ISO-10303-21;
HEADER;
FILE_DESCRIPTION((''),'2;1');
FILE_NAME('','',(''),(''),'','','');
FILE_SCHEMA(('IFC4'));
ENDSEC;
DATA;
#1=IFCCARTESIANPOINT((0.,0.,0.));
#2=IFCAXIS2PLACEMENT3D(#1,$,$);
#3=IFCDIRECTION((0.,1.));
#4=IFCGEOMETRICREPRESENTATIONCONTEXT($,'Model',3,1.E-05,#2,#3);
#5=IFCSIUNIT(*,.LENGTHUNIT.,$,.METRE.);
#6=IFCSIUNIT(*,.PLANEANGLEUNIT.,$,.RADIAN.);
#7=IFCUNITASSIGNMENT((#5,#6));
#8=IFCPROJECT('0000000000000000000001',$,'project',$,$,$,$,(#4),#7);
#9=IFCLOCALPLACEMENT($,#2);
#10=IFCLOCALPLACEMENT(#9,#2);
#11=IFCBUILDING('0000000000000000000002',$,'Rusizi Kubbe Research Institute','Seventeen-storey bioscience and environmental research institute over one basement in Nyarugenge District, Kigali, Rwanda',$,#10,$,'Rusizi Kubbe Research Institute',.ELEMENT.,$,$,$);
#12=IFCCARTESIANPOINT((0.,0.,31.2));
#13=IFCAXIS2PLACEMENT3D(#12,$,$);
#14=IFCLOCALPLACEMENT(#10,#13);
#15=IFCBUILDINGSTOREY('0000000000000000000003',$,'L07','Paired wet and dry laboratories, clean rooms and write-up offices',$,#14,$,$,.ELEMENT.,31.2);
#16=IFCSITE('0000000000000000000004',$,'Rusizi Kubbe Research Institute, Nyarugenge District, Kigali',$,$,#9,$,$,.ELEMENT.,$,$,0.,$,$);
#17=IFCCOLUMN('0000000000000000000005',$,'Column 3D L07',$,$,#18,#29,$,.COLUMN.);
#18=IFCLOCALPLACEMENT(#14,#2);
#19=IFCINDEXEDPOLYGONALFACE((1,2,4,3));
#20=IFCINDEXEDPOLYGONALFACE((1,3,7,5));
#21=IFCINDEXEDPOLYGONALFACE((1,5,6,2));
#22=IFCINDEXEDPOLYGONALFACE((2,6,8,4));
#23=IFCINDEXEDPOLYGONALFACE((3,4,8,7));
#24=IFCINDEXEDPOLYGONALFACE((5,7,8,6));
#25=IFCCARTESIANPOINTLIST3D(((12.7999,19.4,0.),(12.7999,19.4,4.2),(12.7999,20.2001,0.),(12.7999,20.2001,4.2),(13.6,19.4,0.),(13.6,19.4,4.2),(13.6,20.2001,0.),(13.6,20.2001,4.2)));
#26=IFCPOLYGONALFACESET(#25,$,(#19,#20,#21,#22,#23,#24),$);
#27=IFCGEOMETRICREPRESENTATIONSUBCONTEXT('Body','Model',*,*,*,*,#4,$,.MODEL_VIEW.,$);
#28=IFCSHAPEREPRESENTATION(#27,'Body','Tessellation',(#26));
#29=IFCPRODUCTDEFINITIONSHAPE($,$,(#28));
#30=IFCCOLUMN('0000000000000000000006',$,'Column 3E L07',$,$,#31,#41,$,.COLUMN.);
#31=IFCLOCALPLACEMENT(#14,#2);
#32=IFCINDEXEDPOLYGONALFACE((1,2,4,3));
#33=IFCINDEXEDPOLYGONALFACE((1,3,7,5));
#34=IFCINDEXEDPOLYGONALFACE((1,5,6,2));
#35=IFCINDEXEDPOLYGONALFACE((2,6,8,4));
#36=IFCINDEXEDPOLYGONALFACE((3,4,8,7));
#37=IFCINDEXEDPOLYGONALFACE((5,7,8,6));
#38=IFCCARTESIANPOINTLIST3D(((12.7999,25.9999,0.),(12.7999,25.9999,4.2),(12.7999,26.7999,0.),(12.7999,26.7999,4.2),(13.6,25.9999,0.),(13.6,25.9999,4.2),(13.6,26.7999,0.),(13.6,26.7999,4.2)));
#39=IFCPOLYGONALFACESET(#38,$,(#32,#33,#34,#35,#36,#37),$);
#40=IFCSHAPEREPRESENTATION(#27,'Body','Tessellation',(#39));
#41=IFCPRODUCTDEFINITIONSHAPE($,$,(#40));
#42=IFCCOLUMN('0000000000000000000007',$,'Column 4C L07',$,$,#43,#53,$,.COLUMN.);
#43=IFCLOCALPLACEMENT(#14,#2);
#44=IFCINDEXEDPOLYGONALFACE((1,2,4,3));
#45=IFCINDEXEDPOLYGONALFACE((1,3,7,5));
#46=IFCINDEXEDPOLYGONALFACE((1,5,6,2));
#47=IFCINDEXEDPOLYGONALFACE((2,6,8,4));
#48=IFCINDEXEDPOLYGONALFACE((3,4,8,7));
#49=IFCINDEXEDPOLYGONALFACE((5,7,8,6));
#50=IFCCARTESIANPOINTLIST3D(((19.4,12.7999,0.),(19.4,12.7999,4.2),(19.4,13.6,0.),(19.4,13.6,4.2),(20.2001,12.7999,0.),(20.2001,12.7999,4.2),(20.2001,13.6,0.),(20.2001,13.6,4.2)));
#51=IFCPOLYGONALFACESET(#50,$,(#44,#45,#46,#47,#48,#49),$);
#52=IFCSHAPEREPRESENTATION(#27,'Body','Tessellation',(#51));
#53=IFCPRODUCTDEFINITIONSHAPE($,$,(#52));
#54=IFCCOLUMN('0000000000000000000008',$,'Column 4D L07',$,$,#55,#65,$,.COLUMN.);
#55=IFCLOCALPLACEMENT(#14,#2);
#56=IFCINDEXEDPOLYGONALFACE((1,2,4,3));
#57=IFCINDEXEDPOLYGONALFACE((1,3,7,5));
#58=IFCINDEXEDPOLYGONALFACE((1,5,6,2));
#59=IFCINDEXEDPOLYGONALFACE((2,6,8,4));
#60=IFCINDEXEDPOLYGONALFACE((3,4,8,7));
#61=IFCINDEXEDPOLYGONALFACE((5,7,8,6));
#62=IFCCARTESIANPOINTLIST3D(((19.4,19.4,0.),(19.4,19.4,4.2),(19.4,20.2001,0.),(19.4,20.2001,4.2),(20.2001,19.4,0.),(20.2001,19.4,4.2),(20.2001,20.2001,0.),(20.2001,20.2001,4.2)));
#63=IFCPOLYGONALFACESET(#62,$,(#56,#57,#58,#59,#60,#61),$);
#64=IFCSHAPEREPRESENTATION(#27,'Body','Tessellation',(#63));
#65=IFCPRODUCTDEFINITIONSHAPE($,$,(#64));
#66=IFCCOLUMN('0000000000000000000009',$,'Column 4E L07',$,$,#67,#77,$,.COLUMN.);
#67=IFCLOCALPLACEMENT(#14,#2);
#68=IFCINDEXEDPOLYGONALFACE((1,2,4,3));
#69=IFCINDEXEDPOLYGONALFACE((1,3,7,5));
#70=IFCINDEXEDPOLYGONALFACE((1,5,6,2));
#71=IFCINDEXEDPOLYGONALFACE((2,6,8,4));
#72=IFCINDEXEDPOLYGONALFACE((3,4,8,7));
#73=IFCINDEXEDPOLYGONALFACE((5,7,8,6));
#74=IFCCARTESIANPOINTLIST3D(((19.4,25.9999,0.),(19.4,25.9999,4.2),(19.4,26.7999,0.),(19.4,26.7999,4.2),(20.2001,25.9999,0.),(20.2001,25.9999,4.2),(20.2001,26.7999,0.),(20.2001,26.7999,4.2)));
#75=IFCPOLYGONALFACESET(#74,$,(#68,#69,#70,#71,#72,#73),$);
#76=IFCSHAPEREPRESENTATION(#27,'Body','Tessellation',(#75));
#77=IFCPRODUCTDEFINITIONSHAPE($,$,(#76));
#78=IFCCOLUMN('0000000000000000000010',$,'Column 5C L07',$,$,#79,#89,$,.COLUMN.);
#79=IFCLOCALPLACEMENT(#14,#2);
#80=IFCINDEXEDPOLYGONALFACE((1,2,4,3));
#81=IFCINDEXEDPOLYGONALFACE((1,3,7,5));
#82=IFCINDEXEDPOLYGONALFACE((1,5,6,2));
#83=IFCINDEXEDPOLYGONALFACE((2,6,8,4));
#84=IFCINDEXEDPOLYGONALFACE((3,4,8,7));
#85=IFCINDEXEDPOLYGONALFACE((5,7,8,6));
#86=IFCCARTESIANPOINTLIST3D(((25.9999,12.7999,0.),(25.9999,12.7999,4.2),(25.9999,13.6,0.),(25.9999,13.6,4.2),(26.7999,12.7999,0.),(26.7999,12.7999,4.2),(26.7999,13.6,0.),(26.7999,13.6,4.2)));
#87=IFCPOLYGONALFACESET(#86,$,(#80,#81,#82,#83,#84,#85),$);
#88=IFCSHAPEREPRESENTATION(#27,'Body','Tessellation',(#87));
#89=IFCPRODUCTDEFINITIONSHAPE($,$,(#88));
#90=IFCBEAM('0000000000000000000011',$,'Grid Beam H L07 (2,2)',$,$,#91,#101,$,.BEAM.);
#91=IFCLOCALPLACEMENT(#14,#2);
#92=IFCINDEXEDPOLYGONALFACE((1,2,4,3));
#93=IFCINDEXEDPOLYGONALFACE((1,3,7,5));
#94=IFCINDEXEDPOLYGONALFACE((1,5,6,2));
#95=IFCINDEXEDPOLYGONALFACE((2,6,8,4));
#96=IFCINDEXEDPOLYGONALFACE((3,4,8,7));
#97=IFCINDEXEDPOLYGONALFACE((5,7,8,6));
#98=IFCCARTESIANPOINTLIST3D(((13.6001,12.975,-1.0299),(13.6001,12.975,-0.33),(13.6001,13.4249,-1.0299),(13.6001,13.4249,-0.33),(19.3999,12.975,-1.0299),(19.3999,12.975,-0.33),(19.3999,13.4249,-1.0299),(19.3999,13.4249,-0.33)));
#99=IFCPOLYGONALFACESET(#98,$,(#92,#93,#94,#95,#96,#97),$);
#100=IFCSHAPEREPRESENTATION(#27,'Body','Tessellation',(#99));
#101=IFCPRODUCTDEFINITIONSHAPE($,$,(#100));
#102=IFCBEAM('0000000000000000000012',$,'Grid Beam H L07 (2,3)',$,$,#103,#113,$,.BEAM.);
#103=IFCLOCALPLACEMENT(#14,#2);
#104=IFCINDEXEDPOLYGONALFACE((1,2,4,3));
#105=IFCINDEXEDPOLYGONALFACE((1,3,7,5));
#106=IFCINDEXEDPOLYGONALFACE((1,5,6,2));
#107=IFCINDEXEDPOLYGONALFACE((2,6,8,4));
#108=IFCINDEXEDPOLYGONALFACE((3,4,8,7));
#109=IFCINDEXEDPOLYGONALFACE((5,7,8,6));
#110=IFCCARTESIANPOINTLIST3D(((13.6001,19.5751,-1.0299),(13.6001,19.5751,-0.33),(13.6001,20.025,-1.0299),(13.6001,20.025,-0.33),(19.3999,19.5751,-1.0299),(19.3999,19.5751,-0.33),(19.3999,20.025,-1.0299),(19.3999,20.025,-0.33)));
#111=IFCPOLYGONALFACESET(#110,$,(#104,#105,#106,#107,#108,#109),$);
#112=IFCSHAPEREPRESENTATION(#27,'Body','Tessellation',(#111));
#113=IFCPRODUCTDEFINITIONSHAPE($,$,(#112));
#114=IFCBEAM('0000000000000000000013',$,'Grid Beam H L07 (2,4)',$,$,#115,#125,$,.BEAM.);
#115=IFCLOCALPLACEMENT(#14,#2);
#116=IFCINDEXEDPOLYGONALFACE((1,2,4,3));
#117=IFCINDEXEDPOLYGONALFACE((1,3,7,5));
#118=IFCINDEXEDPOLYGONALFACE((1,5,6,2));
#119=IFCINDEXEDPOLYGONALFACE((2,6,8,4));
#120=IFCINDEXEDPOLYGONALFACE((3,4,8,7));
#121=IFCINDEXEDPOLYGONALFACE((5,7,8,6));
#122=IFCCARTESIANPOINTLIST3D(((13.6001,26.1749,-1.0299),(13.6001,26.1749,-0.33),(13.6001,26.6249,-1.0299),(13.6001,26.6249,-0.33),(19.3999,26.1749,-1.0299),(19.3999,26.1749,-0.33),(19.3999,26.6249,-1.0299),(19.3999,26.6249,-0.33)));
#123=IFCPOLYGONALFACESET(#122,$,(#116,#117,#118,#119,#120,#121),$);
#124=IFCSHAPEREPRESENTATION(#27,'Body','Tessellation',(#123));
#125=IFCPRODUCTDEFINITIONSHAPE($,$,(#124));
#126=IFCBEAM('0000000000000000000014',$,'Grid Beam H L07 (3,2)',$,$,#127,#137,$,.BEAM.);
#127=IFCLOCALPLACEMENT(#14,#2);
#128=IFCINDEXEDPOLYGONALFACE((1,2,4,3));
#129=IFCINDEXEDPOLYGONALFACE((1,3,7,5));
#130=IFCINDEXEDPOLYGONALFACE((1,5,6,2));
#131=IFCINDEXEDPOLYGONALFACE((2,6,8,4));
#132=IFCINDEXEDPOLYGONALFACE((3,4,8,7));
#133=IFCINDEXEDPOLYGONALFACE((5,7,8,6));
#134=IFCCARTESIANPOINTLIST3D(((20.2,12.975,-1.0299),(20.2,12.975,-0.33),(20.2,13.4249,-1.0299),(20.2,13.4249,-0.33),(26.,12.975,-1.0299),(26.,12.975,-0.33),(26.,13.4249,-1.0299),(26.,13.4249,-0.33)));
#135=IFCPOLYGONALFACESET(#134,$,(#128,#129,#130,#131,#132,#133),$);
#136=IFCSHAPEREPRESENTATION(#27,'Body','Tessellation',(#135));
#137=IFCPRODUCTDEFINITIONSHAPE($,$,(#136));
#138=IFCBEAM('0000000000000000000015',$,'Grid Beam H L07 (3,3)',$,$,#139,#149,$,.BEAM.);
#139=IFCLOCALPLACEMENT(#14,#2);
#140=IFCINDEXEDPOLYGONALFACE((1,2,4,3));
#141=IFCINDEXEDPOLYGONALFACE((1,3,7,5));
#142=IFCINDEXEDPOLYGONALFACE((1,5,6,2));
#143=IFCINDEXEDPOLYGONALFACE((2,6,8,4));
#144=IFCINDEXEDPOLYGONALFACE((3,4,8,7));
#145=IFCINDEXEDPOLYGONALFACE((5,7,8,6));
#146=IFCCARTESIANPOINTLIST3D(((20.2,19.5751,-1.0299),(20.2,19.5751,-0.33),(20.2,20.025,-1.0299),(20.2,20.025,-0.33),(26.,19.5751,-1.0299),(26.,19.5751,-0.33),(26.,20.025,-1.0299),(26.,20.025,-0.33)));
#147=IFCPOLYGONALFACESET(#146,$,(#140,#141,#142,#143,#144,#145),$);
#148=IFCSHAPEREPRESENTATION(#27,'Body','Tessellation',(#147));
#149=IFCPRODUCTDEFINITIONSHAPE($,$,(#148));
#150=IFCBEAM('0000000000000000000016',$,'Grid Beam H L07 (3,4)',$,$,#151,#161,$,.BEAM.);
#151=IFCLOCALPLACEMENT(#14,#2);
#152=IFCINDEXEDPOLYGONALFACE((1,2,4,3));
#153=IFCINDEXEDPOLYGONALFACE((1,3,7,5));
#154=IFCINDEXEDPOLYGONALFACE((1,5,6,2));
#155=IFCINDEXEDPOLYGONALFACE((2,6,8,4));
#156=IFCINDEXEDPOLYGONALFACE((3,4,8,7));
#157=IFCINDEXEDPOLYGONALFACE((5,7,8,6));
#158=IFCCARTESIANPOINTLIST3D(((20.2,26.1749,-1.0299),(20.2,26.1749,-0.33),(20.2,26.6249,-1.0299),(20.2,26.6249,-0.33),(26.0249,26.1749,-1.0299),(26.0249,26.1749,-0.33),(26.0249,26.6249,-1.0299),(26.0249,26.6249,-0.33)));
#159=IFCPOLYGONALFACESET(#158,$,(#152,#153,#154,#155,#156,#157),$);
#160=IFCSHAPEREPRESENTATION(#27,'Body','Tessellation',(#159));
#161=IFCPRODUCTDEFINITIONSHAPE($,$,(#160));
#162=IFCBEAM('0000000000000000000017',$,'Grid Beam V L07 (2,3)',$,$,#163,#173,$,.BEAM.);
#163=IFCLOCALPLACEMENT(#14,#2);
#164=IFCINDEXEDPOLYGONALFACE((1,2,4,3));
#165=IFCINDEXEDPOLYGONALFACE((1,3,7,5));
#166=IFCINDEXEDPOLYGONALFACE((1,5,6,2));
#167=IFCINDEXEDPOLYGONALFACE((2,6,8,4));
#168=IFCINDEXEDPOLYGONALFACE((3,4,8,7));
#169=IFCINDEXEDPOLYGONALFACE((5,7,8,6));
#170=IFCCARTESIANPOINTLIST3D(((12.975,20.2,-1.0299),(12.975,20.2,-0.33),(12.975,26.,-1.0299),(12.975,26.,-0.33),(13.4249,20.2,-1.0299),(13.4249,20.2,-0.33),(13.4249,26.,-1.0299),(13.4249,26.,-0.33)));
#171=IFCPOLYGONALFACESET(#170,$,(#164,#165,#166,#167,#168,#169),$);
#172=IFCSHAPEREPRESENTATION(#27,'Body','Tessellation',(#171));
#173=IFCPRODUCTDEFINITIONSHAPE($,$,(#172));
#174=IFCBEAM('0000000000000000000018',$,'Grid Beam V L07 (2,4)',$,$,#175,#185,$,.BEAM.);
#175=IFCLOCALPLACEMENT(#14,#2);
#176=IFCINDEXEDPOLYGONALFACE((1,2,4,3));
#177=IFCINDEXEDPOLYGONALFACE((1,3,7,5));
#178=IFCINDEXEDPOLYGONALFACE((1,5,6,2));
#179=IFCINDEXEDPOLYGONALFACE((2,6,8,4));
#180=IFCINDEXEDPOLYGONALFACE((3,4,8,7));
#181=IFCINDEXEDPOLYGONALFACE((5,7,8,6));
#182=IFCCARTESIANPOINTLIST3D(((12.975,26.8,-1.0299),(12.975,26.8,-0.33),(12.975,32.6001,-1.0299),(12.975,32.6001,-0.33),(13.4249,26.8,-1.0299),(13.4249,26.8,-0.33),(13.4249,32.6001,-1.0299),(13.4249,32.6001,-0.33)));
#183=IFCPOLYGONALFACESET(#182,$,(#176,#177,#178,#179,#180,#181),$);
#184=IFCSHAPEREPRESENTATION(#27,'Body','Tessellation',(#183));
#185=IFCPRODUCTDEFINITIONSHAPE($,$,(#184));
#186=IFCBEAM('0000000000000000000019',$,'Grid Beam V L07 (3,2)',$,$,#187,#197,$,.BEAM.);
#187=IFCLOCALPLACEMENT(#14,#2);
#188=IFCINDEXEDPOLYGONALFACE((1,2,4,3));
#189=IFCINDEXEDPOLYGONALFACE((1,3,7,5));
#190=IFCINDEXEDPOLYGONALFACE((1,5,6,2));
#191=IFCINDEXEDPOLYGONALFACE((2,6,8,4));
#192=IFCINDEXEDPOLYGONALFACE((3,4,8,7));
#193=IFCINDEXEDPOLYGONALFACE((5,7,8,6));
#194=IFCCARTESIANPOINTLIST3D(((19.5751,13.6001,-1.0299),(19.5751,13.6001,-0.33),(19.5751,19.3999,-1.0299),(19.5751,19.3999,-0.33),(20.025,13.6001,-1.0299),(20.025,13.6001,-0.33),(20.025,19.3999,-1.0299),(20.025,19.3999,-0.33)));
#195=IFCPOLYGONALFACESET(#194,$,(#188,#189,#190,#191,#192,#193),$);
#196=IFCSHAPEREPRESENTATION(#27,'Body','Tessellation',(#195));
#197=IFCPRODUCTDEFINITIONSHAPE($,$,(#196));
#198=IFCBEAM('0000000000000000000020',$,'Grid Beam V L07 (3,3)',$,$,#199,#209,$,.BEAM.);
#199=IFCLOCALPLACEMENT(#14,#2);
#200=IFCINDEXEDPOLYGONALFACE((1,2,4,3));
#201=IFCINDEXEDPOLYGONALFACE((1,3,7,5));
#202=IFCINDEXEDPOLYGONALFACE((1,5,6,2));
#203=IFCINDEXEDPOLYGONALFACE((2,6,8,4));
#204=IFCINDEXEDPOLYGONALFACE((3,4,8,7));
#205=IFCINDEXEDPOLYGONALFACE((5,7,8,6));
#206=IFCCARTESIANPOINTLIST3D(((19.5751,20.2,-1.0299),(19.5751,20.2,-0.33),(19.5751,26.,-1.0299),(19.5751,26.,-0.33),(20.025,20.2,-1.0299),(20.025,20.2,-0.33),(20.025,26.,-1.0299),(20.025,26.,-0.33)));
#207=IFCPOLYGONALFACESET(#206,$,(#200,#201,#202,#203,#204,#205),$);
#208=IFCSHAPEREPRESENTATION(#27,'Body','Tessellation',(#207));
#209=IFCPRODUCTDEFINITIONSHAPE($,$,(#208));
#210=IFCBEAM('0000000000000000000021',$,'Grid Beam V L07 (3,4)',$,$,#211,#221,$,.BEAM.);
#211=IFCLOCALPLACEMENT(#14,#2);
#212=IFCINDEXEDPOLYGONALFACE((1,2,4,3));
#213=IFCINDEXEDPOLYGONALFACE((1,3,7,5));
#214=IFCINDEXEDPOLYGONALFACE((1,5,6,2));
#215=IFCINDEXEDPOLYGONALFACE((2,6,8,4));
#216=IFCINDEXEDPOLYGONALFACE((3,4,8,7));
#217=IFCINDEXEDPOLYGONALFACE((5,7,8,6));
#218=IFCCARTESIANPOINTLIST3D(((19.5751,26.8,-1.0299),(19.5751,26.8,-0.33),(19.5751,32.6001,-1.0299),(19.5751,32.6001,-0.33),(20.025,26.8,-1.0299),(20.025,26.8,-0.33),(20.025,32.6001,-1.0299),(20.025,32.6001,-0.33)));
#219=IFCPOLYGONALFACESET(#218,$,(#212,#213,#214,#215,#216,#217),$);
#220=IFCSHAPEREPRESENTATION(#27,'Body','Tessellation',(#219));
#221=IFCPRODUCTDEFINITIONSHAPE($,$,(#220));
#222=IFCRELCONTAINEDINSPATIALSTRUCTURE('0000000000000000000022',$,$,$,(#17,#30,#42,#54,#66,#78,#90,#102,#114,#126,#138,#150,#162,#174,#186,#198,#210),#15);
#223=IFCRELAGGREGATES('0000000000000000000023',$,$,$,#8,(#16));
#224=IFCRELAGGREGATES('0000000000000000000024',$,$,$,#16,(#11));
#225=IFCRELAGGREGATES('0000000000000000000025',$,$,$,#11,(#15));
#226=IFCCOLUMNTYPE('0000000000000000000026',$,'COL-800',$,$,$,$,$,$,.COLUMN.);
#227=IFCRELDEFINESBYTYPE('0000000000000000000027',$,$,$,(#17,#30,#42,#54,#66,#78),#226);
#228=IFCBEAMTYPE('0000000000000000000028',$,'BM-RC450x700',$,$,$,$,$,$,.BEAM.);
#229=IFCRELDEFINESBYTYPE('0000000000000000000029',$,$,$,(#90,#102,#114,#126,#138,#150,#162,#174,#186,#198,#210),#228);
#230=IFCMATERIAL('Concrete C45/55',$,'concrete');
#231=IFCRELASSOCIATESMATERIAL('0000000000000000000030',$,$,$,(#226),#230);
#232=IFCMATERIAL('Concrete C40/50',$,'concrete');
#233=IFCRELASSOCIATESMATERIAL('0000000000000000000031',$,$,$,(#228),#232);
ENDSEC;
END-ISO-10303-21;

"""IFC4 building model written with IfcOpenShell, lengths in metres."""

from ifc_helpers import new_model, si_unit, direction, frame, origin, origin_2d, place, context, subcontext, project, spatial, rectangle, extrude, material, material_profile, profile_set, type_object, element, save


model = new_model("IFC4")

# Units and contexts
model_context = context("Model", 3, precision=1e-05, world=origin(), true_north=direction((0.0, 1.0)))
body_context = subcontext(model_context, "Body", "Model", "MODEL_VIEW")
ifc_project = project(units=[si_unit("LENGTHUNIT", "METRE"), si_unit("PLANEANGLEUNIT", "RADIAN")], contexts=[model_context])

# Site, building, storey
site_placement = place(None, origin())
site = spatial("IfcSite", under=ifc_project, at=site_placement, Name="Rusizi Kubbe Research Institute, Nyarugenge District, Kigali", CompositionType="ELEMENT", RefElevation=0.0)
building_placement = place(site_placement, origin())
building = spatial("IfcBuilding", under=site, at=building_placement, Name="Rusizi Kubbe Research Institute", Description="Seventeen-storey bioscience and environmental research institute over one basement in Nyarugenge District, Kigali, Rwanda", LongName="Rusizi Kubbe Research Institute", CompositionType="ELEMENT")
storey_placement = place(building_placement, frame((0.0, 0.0, 31.2)))
storey = spatial("IfcBuildingStorey", under=building, at=storey_placement, Name="L07", Description="Paired wet and dry laboratories, clean rooms and write-up offices", CompositionType="ELEMENT", Elevation=31.2)

# Columns
ifc_material_1 = material(Name="Concrete C45/55", Category="concrete")
ifc_material_profile_1 = material_profile(ifc_material_1, rectangle(XDim=0.8, YDim=0.8, at=origin_2d()), Name="RC800x800")
ifc_profile_set_1 = profile_set([ifc_material_profile_1], Name="Concrete C45/55")
column_type = type_object("IfcColumnType", Name="COL-800", PredefinedType="COLUMN", material=ifc_profile_set_1)
for number, where, z_axis, x_axis, name in (
    (1, (13.2, 19.8, 0.0), (0.0, 0.0, 1.0), (1.0, 0.0, 0.0), "Column 3D L07"),
    (2, (13.2, 26.3999, 0.0), (0.0, 0.0, 1.0), (1.0, 0.0, 0.0), "Column 3E L07"),
    (3, (19.8, 13.2, 0.0), (0.0, 0.0, 1.0), (1.0, 0.0, 0.0), "Column 4C L07"),
    (4, (19.8, 19.8, 0.0), (0.0, 0.0, 1.0), (1.0, 0.0, 0.0), "Column 4D L07"),
    (5, (19.8, 26.3999, 0.0), (0.0, 0.0, 1.0), (1.0, 0.0, 0.0), "Column 4E L07"),
    (6, (26.3999, 13.2, 0.0), (0.0, 0.0, 1.0), (1.0, 0.0, 0.0), "Column 5C L07"),
):
    element("IfcColumn", number, at=place(storey_placement, frame(where, z_axis=z_axis, x_axis=x_axis)), inside=storey, type_object=column_type, Name=name, PredefinedType="COLUMN", context=body_context, shape_type="SweptSolid", body=[
        extrude(rectangle(XDim=0.8, YDim=0.8, at=origin_2d()), origin(), (0.0, 0.0, 1.0), 4.2),
    ])

# Beams
ifc_material_2 = material(Name="Concrete C40/50", Category="concrete")
ifc_material_profile_2 = material_profile(ifc_material_2, rectangle(XDim=0.45, YDim=0.7, at=origin_2d()), Name="RC450x700B")
ifc_profile_set_2 = profile_set([ifc_material_profile_2], Name="Concrete C40/50")
beam_type = type_object("IfcBeamType", Name="BM-RC450x700", PredefinedType="BEAM", material=ifc_profile_set_2)
for number, where, z_axis, x_axis, name in (
    (7, (13.6001, 13.2, -0.6799), (1.0, 0.0, 0.0), (0.0, 1.0, 0.0), "Grid Beam H L07 (2,2)"),
    (8, (13.6001, 19.8, -0.6799), (1.0, 0.0, 0.0), (0.0, 1.0, 0.0), "Grid Beam H L07 (2,3)"),
    (9, (13.6001, 26.3999, -0.6799), (1.0, 0.0, 0.0), (0.0, 1.0, 0.0), "Grid Beam H L07 (2,4)"),
):
    element("IfcBeam", number, at=place(storey_placement, frame(where, z_axis=z_axis, x_axis=x_axis)), inside=storey, type_object=beam_type, Name=name, PredefinedType="BEAM", context=body_context, shape_type="SweptSolid", body=[
        extrude(rectangle(XDim=0.45, YDim=0.7, at=origin_2d()), origin(), (0.0, 0.0, 1.0), 5.7998),
    ])
for number, where, z_axis, x_axis, name in (
    (10, (20.2, 13.2, -0.6799), (1.0, 0.0, 0.0), (0.0, 1.0, 0.0), "Grid Beam H L07 (3,2)"),
    (11, (20.2, 19.8, -0.6799), (1.0, 0.0, 0.0), (0.0, 1.0, 0.0), "Grid Beam H L07 (3,3)"),
):
    element("IfcBeam", number, at=place(storey_placement, frame(where, z_axis=z_axis, x_axis=x_axis)), inside=storey, type_object=beam_type, Name=name, PredefinedType="BEAM", context=body_context, shape_type="SweptSolid", body=[
        extrude(rectangle(XDim=0.45, YDim=0.7, at=origin_2d()), origin(), (0.0, 0.0, 1.0), 5.8),
    ])
beam_1_placement = place(storey_placement, frame((20.2, 26.3999, -0.6799), z_axis=(1.0, 0.0, 0.0), x_axis=(0.0, 1.0, 0.0)))
element("IfcBeam", 12, at=beam_1_placement, inside=storey, type_object=beam_type, Name="Grid Beam H L07 (3,4)", PredefinedType="BEAM", context=body_context, shape_type="SweptSolid", body=[
    extrude(rectangle(XDim=0.45, YDim=0.7, at=origin_2d()), origin(), (0.0, 0.0, 1.0), 5.825),
])
for number, where, z_axis, x_axis, name in (
    (13, (13.2, 20.2, -0.6799), (0.0, 1.0, 0.0), (-1.0, 0.0, 0.0), "Grid Beam V L07 (2,3)"),
    (14, (13.2, 26.8, -0.6799), (0.0, 1.0, 0.0), (-1.0, 0.0, 0.0), "Grid Beam V L07 (2,4)"),
):
    element("IfcBeam", number, at=place(storey_placement, frame(where, z_axis=z_axis, x_axis=x_axis)), inside=storey, type_object=beam_type, Name=name, PredefinedType="BEAM", context=body_context, shape_type="SweptSolid", body=[
        extrude(rectangle(XDim=0.45, YDim=0.7, at=origin_2d()), origin(), (0.0, 0.0, 1.0), 5.8),
    ])
beam_2_placement = place(storey_placement, frame((19.8, 13.6001, -0.6799), z_axis=(0.0, 1.0, 0.0), x_axis=(-1.0, 0.0, 0.0)))
element("IfcBeam", 15, at=beam_2_placement, inside=storey, type_object=beam_type, Name="Grid Beam V L07 (3,2)", PredefinedType="BEAM", context=body_context, shape_type="SweptSolid", body=[
    extrude(rectangle(XDim=0.45, YDim=0.7, at=origin_2d()), origin(), (0.0, 0.0, 1.0), 5.7998),
])
for number, where, z_axis, x_axis, name in (
    (16, (19.8, 20.2, -0.6799), (0.0, 1.0, 0.0), (-1.0, 0.0, 0.0), "Grid Beam V L07 (3,3)"),
    (17, (19.8, 26.8, -0.6799), (0.0, 1.0, 0.0), (-1.0, 0.0, 0.0), "Grid Beam V L07 (3,4)"),
):
    element("IfcBeam", number, at=place(storey_placement, frame(where, z_axis=z_axis, x_axis=x_axis)), inside=storey, type_object=beam_type, Name=name, PredefinedType="BEAM", context=body_context, shape_type="SweptSolid", body=[
        extrude(rectangle(XDim=0.45, YDim=0.7, at=origin_2d()), origin(), (0.0, 0.0, 1.0), 5.8),
    ])

save(model, "model.ifc")
